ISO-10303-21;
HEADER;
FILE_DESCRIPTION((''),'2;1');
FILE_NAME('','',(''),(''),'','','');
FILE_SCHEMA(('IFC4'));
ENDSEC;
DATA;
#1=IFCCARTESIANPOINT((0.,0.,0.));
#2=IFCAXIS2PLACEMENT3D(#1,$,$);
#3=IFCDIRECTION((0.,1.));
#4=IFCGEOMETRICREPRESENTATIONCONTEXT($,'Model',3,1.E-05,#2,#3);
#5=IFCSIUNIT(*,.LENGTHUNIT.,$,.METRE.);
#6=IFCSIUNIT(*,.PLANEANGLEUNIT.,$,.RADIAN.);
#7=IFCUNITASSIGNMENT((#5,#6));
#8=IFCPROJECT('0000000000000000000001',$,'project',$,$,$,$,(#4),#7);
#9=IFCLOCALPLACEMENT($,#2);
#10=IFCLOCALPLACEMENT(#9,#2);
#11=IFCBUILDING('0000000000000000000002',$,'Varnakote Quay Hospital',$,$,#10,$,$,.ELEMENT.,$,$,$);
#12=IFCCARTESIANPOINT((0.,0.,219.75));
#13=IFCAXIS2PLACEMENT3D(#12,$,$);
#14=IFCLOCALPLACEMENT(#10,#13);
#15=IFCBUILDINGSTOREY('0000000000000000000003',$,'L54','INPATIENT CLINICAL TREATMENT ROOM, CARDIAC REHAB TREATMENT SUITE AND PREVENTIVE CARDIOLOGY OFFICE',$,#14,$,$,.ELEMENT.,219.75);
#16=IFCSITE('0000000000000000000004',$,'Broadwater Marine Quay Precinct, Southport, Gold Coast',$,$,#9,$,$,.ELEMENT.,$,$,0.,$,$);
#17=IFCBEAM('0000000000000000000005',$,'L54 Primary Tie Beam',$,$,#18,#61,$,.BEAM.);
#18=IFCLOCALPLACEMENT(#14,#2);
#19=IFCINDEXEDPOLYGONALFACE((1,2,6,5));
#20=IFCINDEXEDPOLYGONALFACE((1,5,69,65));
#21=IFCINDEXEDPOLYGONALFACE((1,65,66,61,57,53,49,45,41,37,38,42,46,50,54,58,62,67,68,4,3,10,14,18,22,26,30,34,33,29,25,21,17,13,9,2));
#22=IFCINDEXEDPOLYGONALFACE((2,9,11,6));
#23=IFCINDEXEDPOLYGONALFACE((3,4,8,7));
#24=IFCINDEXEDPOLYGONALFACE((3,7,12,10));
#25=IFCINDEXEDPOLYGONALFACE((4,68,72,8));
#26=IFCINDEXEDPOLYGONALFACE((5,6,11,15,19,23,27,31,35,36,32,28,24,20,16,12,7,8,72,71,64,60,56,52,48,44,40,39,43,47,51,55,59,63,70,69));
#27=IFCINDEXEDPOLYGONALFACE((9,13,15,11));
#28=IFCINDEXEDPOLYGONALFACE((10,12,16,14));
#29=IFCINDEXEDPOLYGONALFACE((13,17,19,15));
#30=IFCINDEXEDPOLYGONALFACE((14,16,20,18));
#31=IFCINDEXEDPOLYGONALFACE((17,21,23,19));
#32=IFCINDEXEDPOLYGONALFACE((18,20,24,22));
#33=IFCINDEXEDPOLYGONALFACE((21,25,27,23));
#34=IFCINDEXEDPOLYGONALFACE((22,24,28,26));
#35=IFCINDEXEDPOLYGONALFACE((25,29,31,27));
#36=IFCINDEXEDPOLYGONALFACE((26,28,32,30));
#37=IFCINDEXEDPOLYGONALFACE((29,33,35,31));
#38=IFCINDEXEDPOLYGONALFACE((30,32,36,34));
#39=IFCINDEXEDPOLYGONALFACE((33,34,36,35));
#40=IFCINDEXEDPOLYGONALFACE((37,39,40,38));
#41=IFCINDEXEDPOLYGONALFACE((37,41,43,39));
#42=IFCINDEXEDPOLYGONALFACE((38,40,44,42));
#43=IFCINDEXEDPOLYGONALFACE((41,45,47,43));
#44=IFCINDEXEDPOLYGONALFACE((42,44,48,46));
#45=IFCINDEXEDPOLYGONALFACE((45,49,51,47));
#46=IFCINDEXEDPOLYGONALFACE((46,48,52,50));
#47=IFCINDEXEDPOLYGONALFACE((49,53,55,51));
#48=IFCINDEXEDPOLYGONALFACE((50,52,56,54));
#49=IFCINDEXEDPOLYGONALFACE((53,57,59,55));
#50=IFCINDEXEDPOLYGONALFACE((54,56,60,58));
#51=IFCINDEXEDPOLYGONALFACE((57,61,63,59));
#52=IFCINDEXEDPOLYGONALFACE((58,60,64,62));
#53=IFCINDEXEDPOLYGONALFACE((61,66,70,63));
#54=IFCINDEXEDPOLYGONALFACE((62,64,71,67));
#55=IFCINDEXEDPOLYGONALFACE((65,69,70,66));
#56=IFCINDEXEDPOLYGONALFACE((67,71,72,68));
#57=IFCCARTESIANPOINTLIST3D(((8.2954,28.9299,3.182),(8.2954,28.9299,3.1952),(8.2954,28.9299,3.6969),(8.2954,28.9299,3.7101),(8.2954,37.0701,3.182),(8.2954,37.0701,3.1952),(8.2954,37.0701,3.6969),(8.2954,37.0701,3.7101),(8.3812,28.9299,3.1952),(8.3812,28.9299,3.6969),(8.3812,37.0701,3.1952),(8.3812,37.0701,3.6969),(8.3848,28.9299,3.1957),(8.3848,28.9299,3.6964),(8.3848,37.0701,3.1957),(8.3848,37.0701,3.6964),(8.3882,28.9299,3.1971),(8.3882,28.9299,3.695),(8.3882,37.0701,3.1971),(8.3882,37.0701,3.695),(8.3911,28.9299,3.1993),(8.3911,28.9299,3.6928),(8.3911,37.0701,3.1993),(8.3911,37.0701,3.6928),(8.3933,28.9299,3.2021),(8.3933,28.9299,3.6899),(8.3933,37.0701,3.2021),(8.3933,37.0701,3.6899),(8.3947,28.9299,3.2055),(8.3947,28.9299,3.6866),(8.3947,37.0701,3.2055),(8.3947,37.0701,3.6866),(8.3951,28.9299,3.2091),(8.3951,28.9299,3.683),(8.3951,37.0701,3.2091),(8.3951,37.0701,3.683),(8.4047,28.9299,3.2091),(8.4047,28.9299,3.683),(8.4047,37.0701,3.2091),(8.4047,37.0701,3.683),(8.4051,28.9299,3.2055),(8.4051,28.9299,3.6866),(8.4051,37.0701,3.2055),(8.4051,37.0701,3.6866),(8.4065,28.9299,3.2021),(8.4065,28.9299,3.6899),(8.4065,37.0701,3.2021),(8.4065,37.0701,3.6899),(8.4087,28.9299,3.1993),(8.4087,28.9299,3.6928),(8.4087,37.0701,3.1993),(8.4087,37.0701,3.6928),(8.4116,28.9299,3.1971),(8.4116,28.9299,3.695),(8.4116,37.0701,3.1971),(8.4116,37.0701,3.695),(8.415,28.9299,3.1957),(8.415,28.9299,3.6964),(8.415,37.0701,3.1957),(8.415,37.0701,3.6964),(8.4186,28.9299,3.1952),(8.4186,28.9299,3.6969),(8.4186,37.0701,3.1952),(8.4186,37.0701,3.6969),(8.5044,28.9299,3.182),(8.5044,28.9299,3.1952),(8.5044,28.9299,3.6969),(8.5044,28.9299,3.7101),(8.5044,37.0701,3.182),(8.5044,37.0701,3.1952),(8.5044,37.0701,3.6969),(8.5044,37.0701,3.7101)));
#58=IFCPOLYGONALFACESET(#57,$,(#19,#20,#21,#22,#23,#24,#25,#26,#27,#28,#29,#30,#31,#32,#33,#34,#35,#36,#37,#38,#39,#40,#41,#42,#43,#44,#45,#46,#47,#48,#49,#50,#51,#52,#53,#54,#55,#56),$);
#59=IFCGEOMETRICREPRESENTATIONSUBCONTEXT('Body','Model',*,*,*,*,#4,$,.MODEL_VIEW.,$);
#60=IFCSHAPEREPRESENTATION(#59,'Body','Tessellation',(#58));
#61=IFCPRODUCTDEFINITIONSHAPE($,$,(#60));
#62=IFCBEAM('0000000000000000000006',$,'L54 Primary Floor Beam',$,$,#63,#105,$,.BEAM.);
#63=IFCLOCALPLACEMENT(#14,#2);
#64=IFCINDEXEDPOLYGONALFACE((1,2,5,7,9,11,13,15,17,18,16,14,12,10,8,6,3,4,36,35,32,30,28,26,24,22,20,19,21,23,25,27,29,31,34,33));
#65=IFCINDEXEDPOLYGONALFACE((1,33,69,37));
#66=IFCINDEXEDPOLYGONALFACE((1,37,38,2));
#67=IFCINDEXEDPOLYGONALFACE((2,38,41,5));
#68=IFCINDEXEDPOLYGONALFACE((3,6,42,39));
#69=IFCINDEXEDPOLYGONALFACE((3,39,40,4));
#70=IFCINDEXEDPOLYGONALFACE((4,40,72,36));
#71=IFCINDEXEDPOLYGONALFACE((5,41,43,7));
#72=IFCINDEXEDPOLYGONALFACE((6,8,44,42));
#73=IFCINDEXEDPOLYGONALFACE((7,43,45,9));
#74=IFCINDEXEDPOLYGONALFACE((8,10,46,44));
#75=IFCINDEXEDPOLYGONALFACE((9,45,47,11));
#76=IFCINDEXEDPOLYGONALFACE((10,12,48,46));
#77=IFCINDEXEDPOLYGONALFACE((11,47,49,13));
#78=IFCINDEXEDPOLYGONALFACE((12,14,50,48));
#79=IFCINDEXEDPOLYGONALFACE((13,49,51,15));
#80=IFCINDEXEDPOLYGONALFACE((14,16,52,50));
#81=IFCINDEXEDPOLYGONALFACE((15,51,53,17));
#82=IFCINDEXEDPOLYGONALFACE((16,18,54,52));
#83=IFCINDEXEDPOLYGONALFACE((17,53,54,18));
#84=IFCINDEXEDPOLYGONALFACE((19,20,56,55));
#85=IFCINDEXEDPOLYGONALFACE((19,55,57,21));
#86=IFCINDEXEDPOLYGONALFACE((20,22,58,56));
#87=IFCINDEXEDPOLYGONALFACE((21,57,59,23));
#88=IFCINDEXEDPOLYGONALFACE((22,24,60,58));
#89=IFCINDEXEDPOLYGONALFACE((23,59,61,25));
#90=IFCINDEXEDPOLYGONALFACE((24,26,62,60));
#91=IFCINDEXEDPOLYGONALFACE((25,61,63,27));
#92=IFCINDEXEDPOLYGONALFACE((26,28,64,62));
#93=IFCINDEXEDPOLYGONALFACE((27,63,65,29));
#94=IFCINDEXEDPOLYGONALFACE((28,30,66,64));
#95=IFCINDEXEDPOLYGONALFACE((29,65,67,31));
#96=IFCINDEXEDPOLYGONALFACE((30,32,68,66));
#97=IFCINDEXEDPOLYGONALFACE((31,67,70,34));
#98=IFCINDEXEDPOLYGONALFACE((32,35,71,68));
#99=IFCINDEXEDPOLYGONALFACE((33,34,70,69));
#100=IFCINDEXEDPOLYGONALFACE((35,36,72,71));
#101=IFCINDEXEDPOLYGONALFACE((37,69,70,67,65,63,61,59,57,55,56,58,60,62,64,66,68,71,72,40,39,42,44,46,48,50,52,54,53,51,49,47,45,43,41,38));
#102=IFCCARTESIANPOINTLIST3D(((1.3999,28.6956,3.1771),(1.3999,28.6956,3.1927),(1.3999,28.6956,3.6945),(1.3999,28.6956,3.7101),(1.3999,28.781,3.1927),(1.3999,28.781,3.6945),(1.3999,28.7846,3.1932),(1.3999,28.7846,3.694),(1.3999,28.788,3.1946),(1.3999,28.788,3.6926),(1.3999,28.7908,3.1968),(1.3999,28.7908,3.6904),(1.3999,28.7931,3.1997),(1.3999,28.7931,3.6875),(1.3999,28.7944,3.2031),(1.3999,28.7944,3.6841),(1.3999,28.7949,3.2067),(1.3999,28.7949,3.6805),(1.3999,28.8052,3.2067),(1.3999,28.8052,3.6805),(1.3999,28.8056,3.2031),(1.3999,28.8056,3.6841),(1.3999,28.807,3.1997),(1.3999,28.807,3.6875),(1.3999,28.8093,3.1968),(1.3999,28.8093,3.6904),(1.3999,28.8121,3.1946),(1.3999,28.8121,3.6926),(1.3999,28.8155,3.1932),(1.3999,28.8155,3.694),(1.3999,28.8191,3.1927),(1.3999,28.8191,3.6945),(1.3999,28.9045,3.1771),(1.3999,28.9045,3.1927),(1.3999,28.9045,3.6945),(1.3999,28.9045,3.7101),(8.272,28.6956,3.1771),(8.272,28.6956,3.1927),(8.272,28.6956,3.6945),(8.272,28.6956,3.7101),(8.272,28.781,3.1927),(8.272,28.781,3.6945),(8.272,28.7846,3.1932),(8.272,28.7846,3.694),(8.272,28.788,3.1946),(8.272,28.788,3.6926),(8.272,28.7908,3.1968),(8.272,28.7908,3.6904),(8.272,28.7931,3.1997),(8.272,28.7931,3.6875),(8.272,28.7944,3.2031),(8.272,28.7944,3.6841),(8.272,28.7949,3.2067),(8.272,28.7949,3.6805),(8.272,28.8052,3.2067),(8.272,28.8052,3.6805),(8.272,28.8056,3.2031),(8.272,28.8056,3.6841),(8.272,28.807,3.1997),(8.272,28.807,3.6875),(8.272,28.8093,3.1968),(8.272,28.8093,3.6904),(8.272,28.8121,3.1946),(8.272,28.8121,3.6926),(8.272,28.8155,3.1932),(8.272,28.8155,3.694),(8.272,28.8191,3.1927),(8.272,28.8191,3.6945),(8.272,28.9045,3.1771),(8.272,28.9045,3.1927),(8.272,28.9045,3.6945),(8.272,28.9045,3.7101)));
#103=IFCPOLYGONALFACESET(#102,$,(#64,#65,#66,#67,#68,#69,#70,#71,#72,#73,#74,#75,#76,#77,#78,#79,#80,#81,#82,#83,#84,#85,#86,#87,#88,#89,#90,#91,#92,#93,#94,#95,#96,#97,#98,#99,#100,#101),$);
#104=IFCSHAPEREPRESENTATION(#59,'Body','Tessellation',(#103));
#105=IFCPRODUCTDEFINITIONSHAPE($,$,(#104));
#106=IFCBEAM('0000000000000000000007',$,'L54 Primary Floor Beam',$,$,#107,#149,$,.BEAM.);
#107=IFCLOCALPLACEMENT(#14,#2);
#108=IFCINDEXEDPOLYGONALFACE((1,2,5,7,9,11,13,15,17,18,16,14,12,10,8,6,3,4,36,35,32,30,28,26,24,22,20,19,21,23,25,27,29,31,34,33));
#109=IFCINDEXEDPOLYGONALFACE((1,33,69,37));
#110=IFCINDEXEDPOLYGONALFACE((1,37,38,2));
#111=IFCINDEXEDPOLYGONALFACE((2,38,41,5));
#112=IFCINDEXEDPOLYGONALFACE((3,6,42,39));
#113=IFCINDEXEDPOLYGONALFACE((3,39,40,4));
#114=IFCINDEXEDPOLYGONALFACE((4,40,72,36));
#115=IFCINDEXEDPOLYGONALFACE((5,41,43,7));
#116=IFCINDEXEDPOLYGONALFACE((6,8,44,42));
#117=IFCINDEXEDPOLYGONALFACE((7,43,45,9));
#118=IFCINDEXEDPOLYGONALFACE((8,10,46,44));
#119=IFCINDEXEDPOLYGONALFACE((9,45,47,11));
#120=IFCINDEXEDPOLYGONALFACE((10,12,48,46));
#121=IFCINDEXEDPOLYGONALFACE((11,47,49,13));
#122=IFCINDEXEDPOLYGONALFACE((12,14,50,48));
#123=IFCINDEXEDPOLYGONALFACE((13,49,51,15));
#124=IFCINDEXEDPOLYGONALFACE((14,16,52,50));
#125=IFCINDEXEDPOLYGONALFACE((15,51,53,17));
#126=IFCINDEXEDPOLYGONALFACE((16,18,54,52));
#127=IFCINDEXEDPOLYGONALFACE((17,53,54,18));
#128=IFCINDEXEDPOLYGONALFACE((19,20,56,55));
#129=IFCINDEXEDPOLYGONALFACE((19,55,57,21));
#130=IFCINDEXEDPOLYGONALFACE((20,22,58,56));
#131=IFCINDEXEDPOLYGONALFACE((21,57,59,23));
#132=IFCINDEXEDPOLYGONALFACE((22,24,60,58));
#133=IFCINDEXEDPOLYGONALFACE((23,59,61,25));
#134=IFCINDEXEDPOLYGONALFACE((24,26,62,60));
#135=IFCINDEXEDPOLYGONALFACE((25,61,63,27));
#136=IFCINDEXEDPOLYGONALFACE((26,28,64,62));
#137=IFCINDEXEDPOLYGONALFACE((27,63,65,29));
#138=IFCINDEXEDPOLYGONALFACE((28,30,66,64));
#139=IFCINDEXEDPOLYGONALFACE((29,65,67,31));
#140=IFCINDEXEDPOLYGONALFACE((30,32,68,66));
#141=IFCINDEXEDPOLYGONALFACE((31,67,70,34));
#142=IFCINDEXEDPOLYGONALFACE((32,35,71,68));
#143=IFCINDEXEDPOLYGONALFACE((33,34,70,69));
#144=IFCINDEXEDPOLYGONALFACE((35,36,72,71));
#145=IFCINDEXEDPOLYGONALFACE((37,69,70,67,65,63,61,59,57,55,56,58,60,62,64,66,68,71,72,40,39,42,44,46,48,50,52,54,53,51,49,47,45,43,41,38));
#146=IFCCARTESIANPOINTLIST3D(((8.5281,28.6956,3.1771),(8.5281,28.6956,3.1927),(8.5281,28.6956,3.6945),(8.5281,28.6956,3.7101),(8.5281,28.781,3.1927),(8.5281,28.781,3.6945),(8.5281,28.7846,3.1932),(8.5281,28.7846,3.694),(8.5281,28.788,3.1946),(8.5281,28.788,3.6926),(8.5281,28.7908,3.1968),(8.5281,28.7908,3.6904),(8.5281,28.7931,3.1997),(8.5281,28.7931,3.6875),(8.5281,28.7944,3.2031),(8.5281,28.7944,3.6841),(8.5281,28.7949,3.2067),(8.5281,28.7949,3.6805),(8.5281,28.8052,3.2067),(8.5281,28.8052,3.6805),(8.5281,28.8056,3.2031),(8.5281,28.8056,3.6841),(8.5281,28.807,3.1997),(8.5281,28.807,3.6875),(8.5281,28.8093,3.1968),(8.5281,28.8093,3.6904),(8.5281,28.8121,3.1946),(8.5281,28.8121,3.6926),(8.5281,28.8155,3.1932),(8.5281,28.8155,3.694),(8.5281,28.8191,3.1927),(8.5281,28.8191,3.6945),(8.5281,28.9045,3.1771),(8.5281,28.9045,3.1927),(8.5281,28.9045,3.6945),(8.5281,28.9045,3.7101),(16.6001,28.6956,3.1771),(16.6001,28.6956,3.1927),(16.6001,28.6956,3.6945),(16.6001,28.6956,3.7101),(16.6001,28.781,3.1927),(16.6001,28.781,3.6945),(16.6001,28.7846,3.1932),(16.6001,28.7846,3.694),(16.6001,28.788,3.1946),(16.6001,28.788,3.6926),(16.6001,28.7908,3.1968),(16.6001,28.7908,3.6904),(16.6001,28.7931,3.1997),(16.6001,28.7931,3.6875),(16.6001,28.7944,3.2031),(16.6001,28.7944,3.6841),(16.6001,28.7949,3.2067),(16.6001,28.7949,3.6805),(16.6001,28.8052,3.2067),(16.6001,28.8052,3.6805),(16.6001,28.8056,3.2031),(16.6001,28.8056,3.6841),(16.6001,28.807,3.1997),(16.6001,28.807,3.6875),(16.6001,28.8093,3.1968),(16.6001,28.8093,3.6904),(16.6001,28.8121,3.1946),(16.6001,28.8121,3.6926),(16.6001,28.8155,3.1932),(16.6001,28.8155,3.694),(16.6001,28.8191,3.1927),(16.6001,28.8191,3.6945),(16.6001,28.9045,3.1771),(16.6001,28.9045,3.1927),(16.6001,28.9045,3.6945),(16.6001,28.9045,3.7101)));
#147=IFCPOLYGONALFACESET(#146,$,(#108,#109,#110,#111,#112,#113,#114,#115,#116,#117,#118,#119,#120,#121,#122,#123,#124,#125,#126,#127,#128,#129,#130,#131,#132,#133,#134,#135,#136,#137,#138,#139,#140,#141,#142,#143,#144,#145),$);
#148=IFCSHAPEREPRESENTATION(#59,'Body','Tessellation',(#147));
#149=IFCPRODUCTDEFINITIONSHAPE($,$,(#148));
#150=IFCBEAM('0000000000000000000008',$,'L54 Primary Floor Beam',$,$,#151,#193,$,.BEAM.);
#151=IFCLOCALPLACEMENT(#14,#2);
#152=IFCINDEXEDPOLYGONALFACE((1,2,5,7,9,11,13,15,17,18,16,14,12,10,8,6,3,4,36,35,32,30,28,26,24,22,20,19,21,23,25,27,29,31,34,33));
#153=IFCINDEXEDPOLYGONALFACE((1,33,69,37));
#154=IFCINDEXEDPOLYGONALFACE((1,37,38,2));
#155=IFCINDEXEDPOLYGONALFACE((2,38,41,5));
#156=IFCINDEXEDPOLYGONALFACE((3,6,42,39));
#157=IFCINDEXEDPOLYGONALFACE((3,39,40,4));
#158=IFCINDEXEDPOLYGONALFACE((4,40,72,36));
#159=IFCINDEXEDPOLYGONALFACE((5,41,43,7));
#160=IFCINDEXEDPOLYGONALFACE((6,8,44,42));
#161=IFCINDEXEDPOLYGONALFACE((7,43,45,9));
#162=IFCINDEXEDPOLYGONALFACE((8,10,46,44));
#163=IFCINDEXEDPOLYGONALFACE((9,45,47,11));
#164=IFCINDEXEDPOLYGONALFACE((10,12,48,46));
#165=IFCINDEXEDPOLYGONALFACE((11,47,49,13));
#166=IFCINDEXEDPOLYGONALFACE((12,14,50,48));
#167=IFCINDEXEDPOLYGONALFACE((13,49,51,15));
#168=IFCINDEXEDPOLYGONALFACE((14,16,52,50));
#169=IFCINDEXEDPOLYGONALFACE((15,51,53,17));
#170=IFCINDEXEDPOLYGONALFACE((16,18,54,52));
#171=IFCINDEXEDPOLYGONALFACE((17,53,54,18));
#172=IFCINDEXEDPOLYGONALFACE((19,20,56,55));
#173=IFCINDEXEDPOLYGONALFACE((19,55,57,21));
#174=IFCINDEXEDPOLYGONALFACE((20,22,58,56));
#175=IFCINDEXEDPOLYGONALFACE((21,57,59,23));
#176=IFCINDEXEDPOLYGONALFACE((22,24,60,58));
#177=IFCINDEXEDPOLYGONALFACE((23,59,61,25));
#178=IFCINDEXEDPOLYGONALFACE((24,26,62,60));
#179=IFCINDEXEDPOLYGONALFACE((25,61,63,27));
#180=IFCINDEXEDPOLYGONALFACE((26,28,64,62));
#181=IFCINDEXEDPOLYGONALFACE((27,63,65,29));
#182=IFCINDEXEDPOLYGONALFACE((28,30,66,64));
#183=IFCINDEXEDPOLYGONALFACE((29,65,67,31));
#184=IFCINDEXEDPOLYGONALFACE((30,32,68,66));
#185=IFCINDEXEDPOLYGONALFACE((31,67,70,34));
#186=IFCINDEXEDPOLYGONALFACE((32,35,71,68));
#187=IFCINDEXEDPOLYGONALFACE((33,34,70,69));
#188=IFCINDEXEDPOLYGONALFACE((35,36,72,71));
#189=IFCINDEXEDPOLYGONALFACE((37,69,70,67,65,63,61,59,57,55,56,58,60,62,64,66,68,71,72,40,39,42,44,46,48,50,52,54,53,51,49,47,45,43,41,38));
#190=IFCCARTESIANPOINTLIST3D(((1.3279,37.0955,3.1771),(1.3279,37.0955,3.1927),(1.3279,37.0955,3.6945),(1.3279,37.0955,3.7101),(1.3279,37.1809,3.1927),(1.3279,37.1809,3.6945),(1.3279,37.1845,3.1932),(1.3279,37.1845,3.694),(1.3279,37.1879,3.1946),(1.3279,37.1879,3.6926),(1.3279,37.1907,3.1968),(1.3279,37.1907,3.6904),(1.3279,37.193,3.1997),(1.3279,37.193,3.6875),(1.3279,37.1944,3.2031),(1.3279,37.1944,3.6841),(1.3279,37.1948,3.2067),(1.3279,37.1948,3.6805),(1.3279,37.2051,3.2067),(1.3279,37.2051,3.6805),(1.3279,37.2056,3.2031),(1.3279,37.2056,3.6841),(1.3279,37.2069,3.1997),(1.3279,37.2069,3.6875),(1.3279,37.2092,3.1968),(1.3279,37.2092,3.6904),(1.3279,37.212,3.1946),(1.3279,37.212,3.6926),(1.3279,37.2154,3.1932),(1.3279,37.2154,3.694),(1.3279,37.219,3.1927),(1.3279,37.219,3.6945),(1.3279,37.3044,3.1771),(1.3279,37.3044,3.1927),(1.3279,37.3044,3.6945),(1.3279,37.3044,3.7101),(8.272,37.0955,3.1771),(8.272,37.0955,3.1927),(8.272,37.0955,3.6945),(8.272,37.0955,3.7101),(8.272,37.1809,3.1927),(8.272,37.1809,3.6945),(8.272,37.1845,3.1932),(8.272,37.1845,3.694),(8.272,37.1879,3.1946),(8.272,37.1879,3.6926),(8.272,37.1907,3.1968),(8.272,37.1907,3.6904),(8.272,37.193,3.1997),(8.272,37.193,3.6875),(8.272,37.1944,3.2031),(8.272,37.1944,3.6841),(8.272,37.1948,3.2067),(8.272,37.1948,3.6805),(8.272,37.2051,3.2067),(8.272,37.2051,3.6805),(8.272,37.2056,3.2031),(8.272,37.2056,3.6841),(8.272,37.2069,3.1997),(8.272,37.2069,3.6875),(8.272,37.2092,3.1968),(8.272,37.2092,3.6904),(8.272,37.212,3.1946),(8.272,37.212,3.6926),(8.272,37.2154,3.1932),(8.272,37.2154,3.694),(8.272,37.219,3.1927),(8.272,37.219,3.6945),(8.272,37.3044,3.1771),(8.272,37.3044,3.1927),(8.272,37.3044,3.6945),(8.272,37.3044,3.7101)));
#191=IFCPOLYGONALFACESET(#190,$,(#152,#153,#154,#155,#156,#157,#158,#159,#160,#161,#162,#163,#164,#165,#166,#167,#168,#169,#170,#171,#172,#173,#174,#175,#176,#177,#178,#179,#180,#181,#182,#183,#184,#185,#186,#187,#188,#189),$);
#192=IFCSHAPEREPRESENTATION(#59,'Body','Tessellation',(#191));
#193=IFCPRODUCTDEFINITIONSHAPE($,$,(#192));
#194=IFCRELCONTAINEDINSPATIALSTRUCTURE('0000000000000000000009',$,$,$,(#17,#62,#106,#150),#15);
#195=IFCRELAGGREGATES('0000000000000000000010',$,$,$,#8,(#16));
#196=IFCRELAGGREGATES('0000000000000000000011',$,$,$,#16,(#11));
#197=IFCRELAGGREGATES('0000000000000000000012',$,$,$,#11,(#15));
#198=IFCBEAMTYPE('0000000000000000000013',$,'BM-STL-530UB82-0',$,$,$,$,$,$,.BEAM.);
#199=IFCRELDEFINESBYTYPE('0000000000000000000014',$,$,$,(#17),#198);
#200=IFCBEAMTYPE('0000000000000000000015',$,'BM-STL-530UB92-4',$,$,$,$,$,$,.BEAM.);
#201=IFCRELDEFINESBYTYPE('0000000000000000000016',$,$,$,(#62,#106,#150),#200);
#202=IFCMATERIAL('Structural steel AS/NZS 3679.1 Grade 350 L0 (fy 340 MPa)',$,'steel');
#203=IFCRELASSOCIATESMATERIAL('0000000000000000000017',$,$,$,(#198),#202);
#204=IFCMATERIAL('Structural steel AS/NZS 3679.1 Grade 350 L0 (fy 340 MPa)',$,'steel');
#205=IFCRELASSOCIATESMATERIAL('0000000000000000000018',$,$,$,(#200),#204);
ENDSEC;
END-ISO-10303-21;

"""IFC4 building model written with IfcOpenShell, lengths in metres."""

from ifc_helpers import new_model, si_unit, direction, frame, origin, origin_2d, place, context, subcontext, project, spatial, i_section, extrude, material, material_profile, profile_set, type_object, element, save


model = new_model("IFC4")

# Units and contexts
model_context = context("Model", 3, precision=1e-05, world=origin(), true_north=direction((0.0, 1.0)))
body_context = subcontext(model_context, "Body", "Model", "MODEL_VIEW")
ifc_project = project(units=[si_unit("LENGTHUNIT", "METRE"), si_unit("PLANEANGLEUNIT", "RADIAN")], contexts=[model_context])

# Site, building, storey
site_placement = place(None, origin())
site = spatial("IfcSite", under=ifc_project, at=site_placement, Name="Broadwater Marine Quay Precinct, Southport, Gold Coast", CompositionType="ELEMENT", RefElevation=0.0)
building_placement = place(site_placement, origin())
building = spatial("IfcBuilding", under=site, at=building_placement, Name="Varnakote Quay Hospital", CompositionType="ELEMENT")
storey_placement = place(building_placement, frame((0.0, 0.0, 219.75)))
storey = spatial("IfcBuildingStorey", under=building, at=storey_placement, Name="L54", Description="INPATIENT CLINICAL TREATMENT ROOM, CARDIAC REHAB TREATMENT SUITE AND PREVENTIVE CARDIOLOGY OFFICE", CompositionType="ELEMENT", Elevation=219.75)

# Beams
ifc_material_1 = material(Name="Structural steel AS/NZS 3679.1 Grade 350 L0 (fy 340 MPa)", Category="steel")
ifc_material_profile_1 = material_profile(ifc_material_1, i_section(OverallWidth=0.209, OverallDepth=0.5281, WebThickness=0.0095, FlangeThickness=0.0132, FilletRadius=0.0139, at=origin_2d()), Name="530UB82.0")
ifc_profile_set_1 = profile_set([ifc_material_profile_1], Name="Structural steel AS/NZS 3679.1 Grade 350 L0 (fy 340 MPa)")
beam_type_1 = type_object("IfcBeamType", Name="BM-STL-530UB82-0", PredefinedType="BEAM", material=ifc_profile_set_1)
beam_1_placement = place(storey_placement, frame((8.3999, 28.9299, 3.446), z_axis=(0.0, 1.0, 0.0), x_axis=(-1.0, 0.0, 0.0)))
element("IfcBeam", 1, at=beam_1_placement, inside=storey, type_object=beam_type_1, Name="L54 Primary Tie Beam", PredefinedType="BEAM", context=body_context, shape_type="SweptSolid", body=[
    extrude(i_section(OverallWidth=0.209, OverallDepth=0.5281, WebThickness=0.0095, FlangeThickness=0.0132, FilletRadius=0.0139, at=origin_2d()), origin(), (0.0, 0.0, 1.0), 8.1401),
])
ifc_material_2 = material(Name="Structural steel AS/NZS 3679.1 Grade 350 L0 (fy 340 MPa)", Category="steel")
ifc_material_profile_2 = material_profile(ifc_material_2, i_section(OverallWidth=0.209, OverallDepth=0.533, WebThickness=0.0103, FlangeThickness=0.0156, FilletRadius=0.0139, at=origin_2d()), Name="530UB92.4")
ifc_profile_set_2 = profile_set([ifc_material_profile_2], Name="Structural steel AS/NZS 3679.1 Grade 350 L0 (fy 340 MPa)")
beam_type_2 = type_object("IfcBeamType", Name="BM-STL-530UB92-4", PredefinedType="BEAM", material=ifc_profile_set_2)
beam_2_placement = place(storey_placement, frame((1.3999, 28.8, 3.4436), z_axis=(1.0, 0.0, 0.0), x_axis=(0.0, 1.0, 0.0)))
element("IfcBeam", 2, at=beam_2_placement, inside=storey, type_object=beam_type_2, Name="L54 Primary Floor Beam", PredefinedType="BEAM", context=body_context, shape_type="SweptSolid", body=[
    extrude(i_section(OverallWidth=0.209, OverallDepth=0.533, WebThickness=0.0103, FlangeThickness=0.0156, FilletRadius=0.0139, at=origin_2d()), origin(), (0.0, 0.0, 1.0), 6.8721),
])
beam_3_placement = place(storey_placement, frame((8.5281, 28.8, 3.4436), z_axis=(1.0, 0.0, 0.0), x_axis=(0.0, 1.0, 0.0)))
element("IfcBeam", 3, at=beam_3_placement, inside=storey, type_object=beam_type_2, Name="L54 Primary Floor Beam", PredefinedType="BEAM", context=body_context, shape_type="SweptSolid", body=[
    extrude(i_section(OverallWidth=0.209, OverallDepth=0.533, WebThickness=0.0103, FlangeThickness=0.0156, FilletRadius=0.0139, at=origin_2d()), origin(), (0.0, 0.0, 1.0), 8.072),
])
beam_4_placement = place(storey_placement, frame((1.3279, 37.2, 3.4436), z_axis=(1.0, 0.0, 0.0), x_axis=(0.0, 1.0, 0.0)))
element("IfcBeam", 4, at=beam_4_placement, inside=storey, type_object=beam_type_2, Name="L54 Primary Floor Beam", PredefinedType="BEAM", context=body_context, shape_type="SweptSolid", body=[
    extrude(i_section(OverallWidth=0.209, OverallDepth=0.533, WebThickness=0.0103, FlangeThickness=0.0156, FilletRadius=0.0139, at=origin_2d()), origin(), (0.0, 0.0, 1.0), 6.9441),
])

save(model, "model.ifc")
